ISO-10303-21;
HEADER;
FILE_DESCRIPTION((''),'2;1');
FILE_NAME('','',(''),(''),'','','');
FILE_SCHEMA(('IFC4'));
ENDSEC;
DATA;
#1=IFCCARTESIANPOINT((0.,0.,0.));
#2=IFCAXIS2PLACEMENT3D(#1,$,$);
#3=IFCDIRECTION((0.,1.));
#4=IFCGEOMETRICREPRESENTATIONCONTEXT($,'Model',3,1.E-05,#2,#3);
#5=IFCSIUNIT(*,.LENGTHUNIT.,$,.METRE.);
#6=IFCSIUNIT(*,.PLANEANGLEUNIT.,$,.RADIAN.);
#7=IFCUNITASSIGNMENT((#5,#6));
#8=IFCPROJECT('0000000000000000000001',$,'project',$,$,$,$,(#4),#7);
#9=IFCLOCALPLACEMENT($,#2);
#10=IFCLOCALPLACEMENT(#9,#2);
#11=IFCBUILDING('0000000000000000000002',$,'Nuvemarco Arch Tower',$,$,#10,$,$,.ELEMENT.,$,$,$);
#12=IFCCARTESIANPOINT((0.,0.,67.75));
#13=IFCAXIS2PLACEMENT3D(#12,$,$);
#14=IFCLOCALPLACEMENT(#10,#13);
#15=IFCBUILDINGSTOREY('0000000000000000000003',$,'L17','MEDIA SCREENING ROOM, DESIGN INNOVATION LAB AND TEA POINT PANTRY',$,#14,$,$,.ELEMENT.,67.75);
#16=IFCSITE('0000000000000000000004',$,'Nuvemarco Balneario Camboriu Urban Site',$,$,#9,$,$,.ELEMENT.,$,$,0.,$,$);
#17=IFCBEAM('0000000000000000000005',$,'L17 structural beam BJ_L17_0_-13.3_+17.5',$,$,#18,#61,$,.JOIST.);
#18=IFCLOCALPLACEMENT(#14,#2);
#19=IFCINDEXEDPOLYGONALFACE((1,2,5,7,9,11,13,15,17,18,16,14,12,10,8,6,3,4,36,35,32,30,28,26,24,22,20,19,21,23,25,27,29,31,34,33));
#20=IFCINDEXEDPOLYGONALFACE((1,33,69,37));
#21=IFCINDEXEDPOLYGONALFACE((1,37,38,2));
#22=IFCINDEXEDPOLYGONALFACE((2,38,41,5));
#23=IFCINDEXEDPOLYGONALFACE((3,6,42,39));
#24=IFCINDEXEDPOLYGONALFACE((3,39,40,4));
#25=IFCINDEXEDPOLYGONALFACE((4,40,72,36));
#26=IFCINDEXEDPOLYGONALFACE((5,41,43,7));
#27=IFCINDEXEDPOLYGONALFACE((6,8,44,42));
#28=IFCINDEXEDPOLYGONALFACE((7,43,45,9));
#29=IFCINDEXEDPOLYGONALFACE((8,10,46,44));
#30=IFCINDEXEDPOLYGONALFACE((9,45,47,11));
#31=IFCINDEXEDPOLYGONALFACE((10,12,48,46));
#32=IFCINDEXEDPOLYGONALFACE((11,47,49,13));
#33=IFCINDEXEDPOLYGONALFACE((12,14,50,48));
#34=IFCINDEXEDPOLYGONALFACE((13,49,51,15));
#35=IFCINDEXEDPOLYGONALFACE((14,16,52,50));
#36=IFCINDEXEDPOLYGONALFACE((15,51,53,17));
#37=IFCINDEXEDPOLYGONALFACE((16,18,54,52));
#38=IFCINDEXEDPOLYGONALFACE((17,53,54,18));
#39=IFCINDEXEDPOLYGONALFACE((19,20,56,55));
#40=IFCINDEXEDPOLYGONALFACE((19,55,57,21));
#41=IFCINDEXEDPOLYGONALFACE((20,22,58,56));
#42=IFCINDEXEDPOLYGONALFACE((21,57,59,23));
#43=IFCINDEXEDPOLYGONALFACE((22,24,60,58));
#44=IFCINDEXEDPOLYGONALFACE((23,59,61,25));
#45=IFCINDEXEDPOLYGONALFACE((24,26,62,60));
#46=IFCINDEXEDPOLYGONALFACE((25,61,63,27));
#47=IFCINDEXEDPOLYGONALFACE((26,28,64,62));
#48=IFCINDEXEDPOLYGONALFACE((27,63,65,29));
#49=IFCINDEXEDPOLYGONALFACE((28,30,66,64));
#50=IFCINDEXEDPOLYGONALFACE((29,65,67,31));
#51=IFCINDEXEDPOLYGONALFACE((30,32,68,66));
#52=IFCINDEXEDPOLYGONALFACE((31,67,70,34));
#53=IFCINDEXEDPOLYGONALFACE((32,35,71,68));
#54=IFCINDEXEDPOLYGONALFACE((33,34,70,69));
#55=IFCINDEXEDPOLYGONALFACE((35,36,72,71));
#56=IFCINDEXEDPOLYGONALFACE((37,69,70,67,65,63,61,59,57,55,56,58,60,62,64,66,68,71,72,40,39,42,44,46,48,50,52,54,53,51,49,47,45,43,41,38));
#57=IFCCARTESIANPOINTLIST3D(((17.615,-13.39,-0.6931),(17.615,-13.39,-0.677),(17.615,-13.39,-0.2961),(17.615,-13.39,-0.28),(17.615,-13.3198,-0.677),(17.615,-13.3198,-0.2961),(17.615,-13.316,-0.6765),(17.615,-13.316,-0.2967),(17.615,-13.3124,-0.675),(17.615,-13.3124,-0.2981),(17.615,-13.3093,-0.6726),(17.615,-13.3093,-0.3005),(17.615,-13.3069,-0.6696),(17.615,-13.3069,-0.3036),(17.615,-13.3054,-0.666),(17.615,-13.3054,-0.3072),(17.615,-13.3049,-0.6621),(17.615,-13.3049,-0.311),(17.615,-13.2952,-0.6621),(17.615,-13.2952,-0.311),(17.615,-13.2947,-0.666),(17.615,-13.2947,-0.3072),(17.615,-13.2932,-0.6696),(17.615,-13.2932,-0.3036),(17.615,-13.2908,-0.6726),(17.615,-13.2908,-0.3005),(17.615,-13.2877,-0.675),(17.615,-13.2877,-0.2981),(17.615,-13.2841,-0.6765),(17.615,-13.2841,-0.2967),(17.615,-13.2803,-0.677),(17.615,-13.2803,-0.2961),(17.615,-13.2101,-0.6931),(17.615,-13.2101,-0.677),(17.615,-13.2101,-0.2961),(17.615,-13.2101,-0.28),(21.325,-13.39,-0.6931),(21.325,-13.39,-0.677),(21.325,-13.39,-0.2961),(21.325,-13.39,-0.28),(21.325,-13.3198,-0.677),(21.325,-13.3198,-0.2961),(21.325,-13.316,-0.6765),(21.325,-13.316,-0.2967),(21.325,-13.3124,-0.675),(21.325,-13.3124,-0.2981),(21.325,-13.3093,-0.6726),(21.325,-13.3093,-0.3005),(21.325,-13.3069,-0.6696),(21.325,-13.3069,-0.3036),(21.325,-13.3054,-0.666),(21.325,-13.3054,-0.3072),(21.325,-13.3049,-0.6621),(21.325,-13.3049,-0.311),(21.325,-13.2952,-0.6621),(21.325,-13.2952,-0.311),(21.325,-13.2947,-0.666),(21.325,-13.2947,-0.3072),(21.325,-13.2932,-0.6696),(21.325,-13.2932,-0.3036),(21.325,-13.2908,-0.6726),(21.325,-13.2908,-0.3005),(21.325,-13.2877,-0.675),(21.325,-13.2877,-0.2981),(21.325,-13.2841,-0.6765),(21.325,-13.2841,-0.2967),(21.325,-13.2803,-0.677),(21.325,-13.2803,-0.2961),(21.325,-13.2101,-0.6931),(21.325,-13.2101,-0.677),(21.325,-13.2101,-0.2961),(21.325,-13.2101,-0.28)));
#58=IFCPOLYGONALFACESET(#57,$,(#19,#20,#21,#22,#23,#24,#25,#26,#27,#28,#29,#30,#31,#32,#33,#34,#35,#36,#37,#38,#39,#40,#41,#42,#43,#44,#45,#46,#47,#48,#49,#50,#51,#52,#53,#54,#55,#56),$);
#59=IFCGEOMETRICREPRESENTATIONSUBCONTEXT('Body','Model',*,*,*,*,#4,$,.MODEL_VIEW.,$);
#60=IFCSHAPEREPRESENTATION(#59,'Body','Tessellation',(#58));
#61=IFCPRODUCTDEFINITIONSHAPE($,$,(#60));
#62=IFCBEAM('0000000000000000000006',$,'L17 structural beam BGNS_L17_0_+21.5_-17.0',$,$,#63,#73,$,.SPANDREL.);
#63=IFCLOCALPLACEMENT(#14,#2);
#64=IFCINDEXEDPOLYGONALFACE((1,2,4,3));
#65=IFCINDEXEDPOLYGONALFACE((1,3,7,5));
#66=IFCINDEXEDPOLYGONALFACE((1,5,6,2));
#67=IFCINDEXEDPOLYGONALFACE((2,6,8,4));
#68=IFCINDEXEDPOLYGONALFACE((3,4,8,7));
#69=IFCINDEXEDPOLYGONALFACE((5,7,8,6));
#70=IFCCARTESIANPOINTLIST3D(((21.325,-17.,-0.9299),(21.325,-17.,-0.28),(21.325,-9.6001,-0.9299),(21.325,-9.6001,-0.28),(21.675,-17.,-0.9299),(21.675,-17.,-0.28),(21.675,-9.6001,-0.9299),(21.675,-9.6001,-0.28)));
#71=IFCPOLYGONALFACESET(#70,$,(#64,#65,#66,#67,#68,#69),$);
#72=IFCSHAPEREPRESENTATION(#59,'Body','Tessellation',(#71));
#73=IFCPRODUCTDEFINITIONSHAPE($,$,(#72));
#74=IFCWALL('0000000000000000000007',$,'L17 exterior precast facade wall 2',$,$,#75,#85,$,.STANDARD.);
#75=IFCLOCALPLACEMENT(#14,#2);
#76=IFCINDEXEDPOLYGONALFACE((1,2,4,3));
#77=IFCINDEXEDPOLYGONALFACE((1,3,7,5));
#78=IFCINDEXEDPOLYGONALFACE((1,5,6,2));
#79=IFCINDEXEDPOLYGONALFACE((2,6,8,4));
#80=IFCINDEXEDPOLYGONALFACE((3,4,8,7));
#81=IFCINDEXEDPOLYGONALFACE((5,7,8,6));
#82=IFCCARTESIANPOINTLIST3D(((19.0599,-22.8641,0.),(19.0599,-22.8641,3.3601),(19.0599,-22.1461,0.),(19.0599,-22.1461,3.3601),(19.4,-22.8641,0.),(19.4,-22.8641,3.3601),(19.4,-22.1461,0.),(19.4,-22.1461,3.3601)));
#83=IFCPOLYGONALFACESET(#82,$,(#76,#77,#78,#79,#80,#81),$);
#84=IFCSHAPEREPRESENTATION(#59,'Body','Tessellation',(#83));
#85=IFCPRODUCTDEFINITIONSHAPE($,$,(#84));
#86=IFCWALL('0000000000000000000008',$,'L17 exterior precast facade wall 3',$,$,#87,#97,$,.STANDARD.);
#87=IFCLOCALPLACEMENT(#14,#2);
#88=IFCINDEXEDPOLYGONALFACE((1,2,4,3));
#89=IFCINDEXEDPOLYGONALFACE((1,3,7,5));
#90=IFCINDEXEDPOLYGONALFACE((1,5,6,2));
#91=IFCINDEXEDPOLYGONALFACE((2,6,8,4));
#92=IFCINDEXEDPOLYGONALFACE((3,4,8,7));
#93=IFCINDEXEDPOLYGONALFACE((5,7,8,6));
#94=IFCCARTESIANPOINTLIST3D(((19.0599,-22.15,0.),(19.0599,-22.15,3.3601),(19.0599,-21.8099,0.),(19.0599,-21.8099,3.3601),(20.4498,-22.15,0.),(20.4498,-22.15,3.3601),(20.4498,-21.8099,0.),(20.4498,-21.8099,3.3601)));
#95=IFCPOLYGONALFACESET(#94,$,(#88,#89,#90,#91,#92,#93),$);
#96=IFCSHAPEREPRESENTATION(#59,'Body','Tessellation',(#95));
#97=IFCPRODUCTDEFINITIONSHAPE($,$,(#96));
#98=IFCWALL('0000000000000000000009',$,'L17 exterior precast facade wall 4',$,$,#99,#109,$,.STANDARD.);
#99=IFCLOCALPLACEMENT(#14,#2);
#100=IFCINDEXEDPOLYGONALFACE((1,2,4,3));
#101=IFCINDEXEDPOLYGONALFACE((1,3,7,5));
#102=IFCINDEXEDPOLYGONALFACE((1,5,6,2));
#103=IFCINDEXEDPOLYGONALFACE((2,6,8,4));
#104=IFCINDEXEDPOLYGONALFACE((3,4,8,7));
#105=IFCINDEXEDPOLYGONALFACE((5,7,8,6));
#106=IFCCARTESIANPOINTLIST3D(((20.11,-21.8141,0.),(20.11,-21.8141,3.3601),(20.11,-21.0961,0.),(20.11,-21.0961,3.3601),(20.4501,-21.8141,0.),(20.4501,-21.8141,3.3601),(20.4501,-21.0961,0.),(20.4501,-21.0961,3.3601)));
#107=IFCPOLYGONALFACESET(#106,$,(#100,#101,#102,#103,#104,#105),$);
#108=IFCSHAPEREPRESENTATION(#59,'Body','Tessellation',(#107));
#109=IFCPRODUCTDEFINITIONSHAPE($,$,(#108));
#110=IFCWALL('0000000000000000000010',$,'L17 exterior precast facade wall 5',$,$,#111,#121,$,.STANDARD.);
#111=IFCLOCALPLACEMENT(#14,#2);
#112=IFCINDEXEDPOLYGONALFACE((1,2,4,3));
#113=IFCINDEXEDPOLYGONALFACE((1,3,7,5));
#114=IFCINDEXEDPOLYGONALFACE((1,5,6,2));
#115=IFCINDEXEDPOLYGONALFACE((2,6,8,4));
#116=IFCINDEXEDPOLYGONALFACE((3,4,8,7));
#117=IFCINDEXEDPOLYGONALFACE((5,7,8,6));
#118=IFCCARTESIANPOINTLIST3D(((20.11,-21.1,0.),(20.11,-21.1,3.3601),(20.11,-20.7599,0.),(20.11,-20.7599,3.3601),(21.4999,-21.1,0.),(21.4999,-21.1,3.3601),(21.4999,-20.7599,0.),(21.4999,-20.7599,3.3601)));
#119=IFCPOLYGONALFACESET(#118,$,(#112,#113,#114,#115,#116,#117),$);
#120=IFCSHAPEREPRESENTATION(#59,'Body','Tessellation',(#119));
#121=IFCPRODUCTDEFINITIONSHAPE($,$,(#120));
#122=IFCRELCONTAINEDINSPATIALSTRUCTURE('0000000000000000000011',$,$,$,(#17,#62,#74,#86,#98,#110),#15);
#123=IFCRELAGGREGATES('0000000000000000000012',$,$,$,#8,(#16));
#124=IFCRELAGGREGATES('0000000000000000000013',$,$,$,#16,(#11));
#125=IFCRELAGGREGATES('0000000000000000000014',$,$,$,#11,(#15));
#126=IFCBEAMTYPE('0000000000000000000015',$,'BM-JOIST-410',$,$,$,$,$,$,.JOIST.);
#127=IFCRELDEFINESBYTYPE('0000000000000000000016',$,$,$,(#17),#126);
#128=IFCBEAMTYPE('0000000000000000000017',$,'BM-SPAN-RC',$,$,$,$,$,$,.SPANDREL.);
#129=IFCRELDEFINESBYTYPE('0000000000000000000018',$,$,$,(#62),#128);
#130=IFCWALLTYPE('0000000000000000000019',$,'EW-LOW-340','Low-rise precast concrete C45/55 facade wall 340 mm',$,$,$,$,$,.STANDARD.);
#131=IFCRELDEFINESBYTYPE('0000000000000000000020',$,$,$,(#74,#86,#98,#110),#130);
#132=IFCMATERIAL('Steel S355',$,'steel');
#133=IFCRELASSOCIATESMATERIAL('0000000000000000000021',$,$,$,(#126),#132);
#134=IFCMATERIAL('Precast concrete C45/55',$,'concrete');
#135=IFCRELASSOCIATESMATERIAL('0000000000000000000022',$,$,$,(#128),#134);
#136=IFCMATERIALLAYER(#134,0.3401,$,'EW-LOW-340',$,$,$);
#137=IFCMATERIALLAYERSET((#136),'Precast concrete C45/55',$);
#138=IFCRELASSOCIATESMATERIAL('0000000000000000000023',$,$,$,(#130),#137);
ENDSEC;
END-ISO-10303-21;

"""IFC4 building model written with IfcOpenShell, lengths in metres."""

from ifc_helpers import new_model, si_unit, direction, frame, frame_2d, origin, origin_2d, place, context, subcontext, project, spatial, rectangle, i_section, extrude, material, layer, layer_set, material_profile, profile_set, type_object, element, save


model = new_model("IFC4")

# Units and contexts
model_context = context("Model", 3, precision=1e-05, world=origin(), true_north=direction((0.0, 1.0)))
body_context = subcontext(model_context, "Body", "Model", "MODEL_VIEW")
ifc_project = project(units=[si_unit("LENGTHUNIT", "METRE"), si_unit("PLANEANGLEUNIT", "RADIAN")], contexts=[model_context])

# Site, building, storey
site_placement = place(None, origin())
site = spatial("IfcSite", under=ifc_project, at=site_placement, Name="Nuvemarco Balneario Camboriu Urban Site", CompositionType="ELEMENT", RefElevation=0.0)
building_placement = place(site_placement, origin())
building = spatial("IfcBuilding", under=site, at=building_placement, Name="Nuvemarco Arch Tower", CompositionType="ELEMENT")
storey_placement = place(building_placement, frame((0.0, 0.0, 67.75)))
storey = spatial("IfcBuildingStorey", under=building, at=storey_placement, Name="L17", Description="MEDIA SCREENING ROOM, DESIGN INNOVATION LAB AND TEA POINT PANTRY", CompositionType="ELEMENT", Elevation=67.75)

# Shared definitions
ifc_material_1 = material(Name="Steel S355", Category="steel")

# Beams
ifc_material_profile_1 = material_profile(ifc_material_1, i_section(OverallWidth=0.1799, OverallDepth=0.4131, WebThickness=0.0098, FlangeThickness=0.0161, FilletRadius=0.0149, at=origin_2d()), Name="W410x75")
ifc_profile_set_1 = profile_set([ifc_material_profile_1], Name="Steel S355")
beam_type_1 = type_object("IfcBeamType", Name="BM-JOIST-410", PredefinedType="JOIST", material=ifc_profile_set_1)
beam_1_placement = place(storey_placement, frame((17.615, -13.3, -0.4866), z_axis=(1.0, 0.0, 0.0), x_axis=(0.0, 1.0, 0.0)))
element("IfcBeam", 1, at=beam_1_placement, inside=storey, type_object=beam_type_1, Name="L17 structural beam BJ_L17_0_-13.3_+17.5", PredefinedType="JOIST", context=body_context, shape_type="SweptSolid", body=[
    extrude(i_section(OverallWidth=0.1799, OverallDepth=0.4131, WebThickness=0.0098, FlangeThickness=0.0161, FilletRadius=0.0149, at=origin_2d()), origin(), (0.0, 0.0, 1.0), 3.71),
])
ifc_material_2 = material(Name="Precast concrete C45/55", Category="concrete")
ifc_material_profile_2 = material_profile(ifc_material_2, rectangle(XDim=0.3501, YDim=0.6499, at=origin_2d()), Name="PC-SP-350x650")
ifc_profile_set_2 = profile_set([ifc_material_profile_2], Name="Precast concrete C45/55")
beam_type_2 = type_object("IfcBeamType", Name="BM-SPAN-RC", PredefinedType="SPANDREL", material=ifc_profile_set_2)
beam_2_placement = place(storey_placement, frame((21.5, -17.0, -0.605), z_axis=(0.0, 1.0, 0.0), x_axis=(-1.0, 0.0, 0.0)))
element("IfcBeam", 2, at=beam_2_placement, inside=storey, type_object=beam_type_2, Name="L17 structural beam BGNS_L17_0_+21.5_-17.0", PredefinedType="SPANDREL", context=body_context, shape_type="SweptSolid", body=[
    extrude(rectangle(XDim=0.3501, YDim=0.6499, at=origin_2d()), origin(), (0.0, 0.0, 1.0), 7.3999),
])

# Walls
ifc_layer_1 = layer(ifc_material_2, 0.3401, Name="EW-LOW-340")
ifc_layer_set_1 = layer_set([ifc_layer_1], Name="Precast concrete C45/55")
wall_type_1 = type_object("IfcWallType", Name="EW-LOW-340", Description="Low-rise precast concrete C45/55 facade wall 340 mm", PredefinedType="STANDARD", material=ifc_layer_set_1)
wall_1_placement = place(storey_placement, frame((19.23, -22.864, 0.0), z_axis=(0.0, 0.0, 1.0), x_axis=(0.0, 1.0, 0.0)))
element("IfcWall", 3, at=wall_1_placement, inside=storey, type_object=wall_type_1, Name="L17 exterior precast facade wall 2", PredefinedType="STANDARD", context=body_context, shape_type="SweptSolid", body=[
    extrude(rectangle(XDim=0.718, YDim=0.3401, at=frame_2d((0.3589, 0.0))), origin(), (0.0, 0.0, 1.0), 3.3601),
])
wall_2_placement = place(storey_placement, frame((19.0601, -21.98, 0.0), z_axis=(0.0, 0.0, 1.0), x_axis=(1.0, 0.0, 0.0)))
element("IfcWall", 4, at=wall_2_placement, inside=storey, type_object=wall_type_1, Name="L17 exterior precast facade wall 3", PredefinedType="STANDARD", context=body_context, shape_type="SweptSolid", body=[
    extrude(rectangle(XDim=1.3899, YDim=0.3401, at=frame_2d((0.6948, 0.0))), origin(), (0.0, 0.0, 1.0), 3.3601),
])
wall_3_placement = place(storey_placement, frame((20.28, -21.814, 0.0), z_axis=(0.0, 0.0, 1.0), x_axis=(0.0, 1.0, 0.0)))
element("IfcWall", 5, at=wall_3_placement, inside=storey, type_object=wall_type_1, Name="L17 exterior precast facade wall 4", PredefinedType="STANDARD", context=body_context, shape_type="SweptSolid", body=[
    extrude(rectangle(XDim=0.718, YDim=0.3401, at=frame_2d((0.3589, 0.0))), origin(), (0.0, 0.0, 1.0), 3.3601),
])
wall_4_placement = place(storey_placement, frame((20.1101, -20.9299, 0.0), z_axis=(0.0, 0.0, 1.0), x_axis=(1.0, 0.0, 0.0)))
element("IfcWall", 6, at=wall_4_placement, inside=storey, type_object=wall_type_1, Name="L17 exterior precast facade wall 5", PredefinedType="STANDARD", context=body_context, shape_type="SweptSolid", body=[
    extrude(rectangle(XDim=1.3899, YDim=0.3401, at=frame_2d((0.6948, 0.0))), origin(), (0.0, 0.0, 1.0), 3.3601),
])

save(model, "model.ifc")
